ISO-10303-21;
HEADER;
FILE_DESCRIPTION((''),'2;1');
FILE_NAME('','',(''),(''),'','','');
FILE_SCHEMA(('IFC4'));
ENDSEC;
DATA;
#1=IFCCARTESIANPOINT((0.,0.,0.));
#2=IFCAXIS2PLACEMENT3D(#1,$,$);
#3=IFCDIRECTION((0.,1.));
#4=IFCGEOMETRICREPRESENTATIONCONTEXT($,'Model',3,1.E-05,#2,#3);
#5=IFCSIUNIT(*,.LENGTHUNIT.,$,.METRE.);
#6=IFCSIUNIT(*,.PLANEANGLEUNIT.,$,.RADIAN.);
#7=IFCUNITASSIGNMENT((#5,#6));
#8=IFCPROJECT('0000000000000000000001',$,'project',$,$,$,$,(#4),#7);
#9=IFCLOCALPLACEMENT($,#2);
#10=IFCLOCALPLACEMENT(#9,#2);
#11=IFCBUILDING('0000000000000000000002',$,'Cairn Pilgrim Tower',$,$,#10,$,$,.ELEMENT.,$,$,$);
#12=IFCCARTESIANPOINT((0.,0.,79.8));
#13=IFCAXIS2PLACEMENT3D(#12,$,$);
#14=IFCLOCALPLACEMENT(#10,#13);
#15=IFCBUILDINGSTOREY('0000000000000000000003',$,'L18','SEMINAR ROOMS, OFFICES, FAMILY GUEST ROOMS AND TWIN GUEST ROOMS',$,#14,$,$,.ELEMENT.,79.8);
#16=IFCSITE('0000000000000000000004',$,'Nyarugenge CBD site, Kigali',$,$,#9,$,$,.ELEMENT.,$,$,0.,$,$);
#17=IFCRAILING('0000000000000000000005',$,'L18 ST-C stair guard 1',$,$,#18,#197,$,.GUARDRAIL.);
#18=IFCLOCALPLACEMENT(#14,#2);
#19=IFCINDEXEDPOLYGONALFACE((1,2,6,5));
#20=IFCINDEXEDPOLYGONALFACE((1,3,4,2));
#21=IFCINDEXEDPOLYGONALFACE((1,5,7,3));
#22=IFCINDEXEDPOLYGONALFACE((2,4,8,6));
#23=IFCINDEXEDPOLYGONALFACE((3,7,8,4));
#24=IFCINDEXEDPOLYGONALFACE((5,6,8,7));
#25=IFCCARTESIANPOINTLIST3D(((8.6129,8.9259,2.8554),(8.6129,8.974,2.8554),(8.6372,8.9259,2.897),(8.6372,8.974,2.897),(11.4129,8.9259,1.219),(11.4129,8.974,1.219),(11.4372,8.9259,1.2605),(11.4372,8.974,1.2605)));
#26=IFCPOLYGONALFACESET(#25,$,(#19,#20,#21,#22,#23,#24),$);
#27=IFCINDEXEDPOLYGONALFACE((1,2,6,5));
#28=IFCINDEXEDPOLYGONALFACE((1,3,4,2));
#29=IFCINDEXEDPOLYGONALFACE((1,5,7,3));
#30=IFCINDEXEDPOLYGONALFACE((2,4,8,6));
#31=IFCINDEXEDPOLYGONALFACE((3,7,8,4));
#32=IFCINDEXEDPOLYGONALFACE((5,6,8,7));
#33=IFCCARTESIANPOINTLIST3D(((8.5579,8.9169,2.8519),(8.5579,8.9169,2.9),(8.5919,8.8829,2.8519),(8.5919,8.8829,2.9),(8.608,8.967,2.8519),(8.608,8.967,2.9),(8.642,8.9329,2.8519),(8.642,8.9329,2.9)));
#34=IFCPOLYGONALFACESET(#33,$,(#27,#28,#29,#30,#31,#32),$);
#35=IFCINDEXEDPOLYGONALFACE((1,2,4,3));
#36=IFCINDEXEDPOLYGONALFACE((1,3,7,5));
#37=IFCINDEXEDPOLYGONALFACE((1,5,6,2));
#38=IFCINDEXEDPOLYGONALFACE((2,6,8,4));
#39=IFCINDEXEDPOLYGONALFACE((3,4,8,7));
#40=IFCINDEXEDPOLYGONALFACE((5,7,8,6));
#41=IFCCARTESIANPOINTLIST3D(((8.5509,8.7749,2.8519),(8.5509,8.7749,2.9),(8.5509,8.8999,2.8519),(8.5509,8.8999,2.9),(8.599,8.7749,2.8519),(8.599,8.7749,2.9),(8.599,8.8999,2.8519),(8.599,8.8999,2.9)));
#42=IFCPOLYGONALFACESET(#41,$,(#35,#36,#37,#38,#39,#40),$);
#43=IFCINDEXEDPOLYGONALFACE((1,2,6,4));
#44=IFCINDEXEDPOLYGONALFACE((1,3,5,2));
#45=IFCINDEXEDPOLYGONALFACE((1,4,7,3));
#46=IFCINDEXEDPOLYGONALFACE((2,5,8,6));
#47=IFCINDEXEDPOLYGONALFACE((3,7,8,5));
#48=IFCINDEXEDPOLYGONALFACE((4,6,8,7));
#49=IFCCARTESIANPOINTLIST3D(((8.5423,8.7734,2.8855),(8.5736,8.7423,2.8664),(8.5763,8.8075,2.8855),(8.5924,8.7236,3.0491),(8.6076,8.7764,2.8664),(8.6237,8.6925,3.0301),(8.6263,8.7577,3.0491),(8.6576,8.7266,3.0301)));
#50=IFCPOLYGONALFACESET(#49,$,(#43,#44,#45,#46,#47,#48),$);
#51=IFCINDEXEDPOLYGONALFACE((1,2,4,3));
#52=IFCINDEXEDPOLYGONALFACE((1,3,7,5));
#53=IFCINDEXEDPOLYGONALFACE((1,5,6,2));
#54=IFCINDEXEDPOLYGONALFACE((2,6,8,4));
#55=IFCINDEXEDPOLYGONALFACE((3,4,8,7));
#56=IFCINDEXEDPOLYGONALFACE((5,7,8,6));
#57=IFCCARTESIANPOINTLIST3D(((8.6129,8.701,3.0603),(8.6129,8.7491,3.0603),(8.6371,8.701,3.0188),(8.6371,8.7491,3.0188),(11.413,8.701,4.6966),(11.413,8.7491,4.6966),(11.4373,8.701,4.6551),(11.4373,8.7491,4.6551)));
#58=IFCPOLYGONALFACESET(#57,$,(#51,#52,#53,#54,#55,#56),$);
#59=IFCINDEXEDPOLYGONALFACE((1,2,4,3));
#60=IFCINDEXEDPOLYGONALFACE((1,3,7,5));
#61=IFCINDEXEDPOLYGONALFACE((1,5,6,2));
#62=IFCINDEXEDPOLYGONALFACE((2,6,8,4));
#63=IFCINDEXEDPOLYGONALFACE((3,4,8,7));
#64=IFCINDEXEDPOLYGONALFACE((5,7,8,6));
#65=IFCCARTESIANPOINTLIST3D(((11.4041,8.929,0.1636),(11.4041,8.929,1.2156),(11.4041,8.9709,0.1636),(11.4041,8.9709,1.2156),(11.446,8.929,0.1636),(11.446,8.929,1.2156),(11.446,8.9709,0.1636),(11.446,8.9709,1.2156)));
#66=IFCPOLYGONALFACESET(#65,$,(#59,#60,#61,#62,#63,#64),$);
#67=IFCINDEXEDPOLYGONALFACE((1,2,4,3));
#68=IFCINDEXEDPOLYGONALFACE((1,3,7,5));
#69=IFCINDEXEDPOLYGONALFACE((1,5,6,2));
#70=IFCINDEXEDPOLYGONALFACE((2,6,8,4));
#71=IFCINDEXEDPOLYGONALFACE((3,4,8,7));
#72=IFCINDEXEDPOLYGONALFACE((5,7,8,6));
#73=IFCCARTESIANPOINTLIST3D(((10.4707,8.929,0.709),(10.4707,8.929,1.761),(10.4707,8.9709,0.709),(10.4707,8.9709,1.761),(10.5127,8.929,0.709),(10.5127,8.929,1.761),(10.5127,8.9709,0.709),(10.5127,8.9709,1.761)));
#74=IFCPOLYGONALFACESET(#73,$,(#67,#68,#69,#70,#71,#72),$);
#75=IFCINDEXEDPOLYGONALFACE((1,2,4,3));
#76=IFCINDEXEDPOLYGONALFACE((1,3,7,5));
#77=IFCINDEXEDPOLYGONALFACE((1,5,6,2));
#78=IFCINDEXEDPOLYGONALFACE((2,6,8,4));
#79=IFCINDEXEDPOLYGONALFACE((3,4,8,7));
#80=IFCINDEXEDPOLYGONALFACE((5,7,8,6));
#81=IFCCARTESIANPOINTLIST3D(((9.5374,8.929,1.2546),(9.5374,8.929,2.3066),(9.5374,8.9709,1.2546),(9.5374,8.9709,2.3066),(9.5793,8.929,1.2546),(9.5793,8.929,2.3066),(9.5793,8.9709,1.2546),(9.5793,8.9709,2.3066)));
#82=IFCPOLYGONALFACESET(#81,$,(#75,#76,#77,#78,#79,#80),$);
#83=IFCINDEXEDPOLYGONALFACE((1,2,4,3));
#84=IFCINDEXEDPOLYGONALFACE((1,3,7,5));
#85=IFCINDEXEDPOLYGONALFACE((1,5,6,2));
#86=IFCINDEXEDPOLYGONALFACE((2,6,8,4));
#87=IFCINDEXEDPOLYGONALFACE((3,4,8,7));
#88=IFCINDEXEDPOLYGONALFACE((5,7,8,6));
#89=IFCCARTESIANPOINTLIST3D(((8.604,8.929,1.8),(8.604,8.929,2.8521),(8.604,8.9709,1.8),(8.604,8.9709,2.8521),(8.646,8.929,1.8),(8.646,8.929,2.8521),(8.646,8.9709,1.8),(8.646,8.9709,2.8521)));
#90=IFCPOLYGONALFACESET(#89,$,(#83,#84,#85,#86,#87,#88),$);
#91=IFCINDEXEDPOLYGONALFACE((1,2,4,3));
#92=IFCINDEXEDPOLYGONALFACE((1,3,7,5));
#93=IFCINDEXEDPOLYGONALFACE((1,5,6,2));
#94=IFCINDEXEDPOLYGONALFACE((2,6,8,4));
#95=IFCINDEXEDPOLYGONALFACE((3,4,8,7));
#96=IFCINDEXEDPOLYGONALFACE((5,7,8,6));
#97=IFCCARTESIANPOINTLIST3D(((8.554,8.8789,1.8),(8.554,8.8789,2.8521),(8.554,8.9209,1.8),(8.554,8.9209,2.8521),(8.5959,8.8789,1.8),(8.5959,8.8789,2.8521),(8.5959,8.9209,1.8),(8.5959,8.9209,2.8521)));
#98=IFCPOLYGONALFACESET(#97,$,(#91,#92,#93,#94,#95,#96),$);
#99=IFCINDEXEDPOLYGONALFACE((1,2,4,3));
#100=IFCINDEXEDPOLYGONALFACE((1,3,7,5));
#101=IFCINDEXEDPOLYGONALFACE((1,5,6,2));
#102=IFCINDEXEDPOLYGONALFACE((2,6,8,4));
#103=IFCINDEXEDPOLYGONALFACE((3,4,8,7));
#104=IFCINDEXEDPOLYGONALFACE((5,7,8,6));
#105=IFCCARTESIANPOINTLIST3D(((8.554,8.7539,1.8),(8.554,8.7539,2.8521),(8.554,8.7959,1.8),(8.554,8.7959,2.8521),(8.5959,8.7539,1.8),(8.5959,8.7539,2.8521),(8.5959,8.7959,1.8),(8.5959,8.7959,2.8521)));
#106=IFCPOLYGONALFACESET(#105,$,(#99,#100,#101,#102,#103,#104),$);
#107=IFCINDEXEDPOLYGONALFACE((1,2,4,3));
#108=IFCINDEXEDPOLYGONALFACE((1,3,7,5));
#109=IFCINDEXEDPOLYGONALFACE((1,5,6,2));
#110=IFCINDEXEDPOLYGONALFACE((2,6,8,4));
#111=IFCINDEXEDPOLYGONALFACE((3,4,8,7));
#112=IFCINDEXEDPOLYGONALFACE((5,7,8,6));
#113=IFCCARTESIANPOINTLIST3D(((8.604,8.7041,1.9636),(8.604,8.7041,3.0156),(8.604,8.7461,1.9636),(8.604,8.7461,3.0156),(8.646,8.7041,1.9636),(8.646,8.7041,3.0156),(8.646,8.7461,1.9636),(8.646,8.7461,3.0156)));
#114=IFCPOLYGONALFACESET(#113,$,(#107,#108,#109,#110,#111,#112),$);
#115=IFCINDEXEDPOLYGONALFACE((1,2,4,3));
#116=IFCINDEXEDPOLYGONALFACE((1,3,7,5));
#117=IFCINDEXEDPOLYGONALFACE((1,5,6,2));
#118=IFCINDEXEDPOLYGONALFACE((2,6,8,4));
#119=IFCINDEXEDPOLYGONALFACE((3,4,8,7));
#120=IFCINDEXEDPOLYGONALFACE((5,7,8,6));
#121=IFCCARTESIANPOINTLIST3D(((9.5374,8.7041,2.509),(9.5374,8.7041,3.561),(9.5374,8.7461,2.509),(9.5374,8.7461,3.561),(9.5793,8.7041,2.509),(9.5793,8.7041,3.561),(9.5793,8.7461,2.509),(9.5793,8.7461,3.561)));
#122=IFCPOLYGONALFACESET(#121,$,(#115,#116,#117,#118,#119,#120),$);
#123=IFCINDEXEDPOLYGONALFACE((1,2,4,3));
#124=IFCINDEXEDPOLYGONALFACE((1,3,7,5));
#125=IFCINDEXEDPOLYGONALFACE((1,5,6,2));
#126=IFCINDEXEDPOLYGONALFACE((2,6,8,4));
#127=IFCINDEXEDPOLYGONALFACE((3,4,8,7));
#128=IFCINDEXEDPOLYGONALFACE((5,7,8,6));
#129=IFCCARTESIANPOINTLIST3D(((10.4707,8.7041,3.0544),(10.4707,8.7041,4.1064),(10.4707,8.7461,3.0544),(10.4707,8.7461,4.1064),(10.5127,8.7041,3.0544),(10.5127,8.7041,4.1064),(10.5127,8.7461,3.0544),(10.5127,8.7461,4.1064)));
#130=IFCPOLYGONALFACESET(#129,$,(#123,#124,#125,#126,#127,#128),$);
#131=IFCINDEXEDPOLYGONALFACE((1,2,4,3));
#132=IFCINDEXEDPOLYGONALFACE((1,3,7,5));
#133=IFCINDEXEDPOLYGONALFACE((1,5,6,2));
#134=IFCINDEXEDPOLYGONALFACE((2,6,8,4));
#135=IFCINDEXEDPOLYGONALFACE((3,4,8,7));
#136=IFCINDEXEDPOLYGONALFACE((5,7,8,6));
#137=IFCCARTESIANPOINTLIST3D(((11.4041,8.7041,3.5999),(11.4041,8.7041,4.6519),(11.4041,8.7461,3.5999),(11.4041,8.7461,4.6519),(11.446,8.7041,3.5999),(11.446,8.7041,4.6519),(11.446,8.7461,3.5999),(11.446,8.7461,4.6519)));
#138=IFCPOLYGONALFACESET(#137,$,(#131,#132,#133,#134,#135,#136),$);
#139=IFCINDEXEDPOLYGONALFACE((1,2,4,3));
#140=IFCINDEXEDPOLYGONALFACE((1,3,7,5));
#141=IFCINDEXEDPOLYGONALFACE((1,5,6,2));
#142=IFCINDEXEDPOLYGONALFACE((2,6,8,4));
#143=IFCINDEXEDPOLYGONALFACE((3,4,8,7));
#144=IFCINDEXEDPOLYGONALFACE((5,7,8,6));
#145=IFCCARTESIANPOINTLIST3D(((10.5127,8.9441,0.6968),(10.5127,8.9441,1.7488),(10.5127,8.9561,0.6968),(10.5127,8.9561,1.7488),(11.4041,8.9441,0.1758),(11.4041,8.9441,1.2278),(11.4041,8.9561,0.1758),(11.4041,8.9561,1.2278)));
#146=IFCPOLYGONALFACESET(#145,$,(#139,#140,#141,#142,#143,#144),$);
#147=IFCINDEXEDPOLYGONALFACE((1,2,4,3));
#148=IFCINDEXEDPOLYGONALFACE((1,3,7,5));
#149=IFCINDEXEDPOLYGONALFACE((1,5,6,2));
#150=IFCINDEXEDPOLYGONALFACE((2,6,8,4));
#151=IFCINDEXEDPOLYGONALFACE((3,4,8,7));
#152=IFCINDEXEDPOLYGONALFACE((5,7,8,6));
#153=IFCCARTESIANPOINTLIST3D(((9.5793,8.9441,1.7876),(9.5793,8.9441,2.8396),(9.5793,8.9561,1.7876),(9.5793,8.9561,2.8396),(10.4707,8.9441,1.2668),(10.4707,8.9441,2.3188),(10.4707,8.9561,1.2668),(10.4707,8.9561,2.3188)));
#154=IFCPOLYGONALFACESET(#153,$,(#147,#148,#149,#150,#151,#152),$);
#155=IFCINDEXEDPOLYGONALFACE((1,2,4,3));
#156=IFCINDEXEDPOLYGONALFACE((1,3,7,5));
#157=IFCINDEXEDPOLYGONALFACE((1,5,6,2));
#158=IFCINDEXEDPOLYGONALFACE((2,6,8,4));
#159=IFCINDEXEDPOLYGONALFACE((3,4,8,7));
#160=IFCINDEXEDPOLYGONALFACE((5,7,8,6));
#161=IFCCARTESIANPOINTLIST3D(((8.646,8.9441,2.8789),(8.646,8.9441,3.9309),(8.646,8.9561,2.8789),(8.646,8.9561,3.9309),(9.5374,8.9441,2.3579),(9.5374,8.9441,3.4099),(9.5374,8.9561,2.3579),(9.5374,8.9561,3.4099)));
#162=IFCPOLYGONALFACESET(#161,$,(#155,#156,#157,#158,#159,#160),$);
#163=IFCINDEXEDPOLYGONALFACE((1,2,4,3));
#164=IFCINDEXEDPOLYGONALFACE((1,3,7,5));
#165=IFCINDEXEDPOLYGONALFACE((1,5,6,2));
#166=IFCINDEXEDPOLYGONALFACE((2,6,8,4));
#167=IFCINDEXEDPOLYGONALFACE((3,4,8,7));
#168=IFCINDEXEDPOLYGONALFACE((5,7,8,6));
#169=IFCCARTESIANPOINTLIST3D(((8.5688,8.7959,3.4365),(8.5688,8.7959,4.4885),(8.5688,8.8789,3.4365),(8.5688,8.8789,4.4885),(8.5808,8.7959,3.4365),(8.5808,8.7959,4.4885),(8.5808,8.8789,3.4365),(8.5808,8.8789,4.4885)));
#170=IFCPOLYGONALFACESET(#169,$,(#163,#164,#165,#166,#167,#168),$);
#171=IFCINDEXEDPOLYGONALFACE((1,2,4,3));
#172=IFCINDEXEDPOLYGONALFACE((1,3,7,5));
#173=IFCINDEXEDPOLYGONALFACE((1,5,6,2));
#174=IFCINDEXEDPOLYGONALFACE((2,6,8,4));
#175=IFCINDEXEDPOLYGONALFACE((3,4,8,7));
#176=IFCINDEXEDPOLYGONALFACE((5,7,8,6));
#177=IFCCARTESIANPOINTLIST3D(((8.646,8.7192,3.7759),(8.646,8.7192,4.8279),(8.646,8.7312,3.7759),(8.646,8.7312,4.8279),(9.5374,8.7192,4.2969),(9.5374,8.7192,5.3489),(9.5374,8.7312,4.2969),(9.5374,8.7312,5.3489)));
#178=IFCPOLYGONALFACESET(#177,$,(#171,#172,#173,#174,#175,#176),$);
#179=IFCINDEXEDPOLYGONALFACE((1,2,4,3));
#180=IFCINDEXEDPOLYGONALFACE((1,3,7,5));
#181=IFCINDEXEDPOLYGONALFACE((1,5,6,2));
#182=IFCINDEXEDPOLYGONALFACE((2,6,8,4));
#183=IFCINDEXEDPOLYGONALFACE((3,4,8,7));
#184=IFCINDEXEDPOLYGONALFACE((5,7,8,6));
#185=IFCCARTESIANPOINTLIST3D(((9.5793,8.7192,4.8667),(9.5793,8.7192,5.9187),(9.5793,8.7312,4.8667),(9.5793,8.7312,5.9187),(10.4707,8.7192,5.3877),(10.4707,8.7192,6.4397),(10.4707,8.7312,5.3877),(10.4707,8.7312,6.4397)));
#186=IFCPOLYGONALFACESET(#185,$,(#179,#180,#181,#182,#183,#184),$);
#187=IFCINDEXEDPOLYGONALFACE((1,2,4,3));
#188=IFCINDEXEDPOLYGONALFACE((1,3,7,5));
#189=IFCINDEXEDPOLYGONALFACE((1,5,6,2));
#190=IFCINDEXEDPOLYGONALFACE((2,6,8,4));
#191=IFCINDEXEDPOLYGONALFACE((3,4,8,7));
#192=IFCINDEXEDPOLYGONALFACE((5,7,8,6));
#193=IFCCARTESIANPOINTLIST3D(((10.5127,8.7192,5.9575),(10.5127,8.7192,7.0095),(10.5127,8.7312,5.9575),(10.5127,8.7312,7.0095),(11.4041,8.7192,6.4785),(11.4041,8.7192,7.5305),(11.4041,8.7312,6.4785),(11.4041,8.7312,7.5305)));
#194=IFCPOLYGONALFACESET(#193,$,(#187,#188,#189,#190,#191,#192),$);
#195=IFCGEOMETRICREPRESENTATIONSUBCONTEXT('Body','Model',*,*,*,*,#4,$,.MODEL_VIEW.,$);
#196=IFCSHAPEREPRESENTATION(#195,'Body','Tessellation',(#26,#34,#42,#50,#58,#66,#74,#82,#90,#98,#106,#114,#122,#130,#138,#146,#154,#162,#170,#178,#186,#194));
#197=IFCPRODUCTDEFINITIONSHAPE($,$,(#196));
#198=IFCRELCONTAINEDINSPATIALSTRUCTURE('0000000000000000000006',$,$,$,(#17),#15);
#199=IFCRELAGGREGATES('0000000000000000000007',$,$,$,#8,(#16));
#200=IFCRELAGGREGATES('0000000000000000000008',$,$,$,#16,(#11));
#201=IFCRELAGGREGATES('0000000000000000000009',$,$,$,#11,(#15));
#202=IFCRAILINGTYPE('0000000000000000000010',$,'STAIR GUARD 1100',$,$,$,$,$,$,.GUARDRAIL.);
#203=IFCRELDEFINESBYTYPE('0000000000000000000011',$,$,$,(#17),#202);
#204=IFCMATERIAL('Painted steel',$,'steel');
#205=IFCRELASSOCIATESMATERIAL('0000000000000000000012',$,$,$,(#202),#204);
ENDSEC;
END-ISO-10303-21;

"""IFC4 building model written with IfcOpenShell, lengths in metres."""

from ifc_helpers import new_model, si_unit, direction, frame, origin, origin_2d, place, context, subcontext, project, spatial, polyline, rectangle, outline, extrude, material, type_object, element, save


model = new_model("IFC4")

# Units and contexts
model_context = context("Model", 3, precision=1e-05, world=origin(), true_north=direction((0.0, 1.0)))
body_context = subcontext(model_context, "Body", "Model", "MODEL_VIEW")
ifc_project = project(units=[si_unit("LENGTHUNIT", "METRE"), si_unit("PLANEANGLEUNIT", "RADIAN")], contexts=[model_context])

# Site, building, storey
site_placement = place(None, origin())
site = spatial("IfcSite", under=ifc_project, at=site_placement, Name="Nyarugenge CBD site, Kigali", CompositionType="ELEMENT", RefElevation=0.0)
building_placement = place(site_placement, origin())
building = spatial("IfcBuilding", under=site, at=building_placement, Name="Cairn Pilgrim Tower", CompositionType="ELEMENT")
storey_placement = place(building_placement, frame((0.0, 0.0, 79.8)))
storey = spatial("IfcBuildingStorey", under=building, at=storey_placement, Name="L18", Description="SEMINAR ROOMS, OFFICES, FAMILY GUEST ROOMS AND TWIN GUEST ROOMS", CompositionType="ELEMENT", Elevation=79.8)

# Shared definitions
ifc_material_1 = material(Name="Painted steel", Category="steel")

# Railing
railing_type_1 = type_object("IfcRailingType", Name="STAIR GUARD 1100", PredefinedType="GUARDRAIL", material=ifc_material_1)
railing_1_placement = place(storey_placement, frame((11.425, 8.95, 0.1636)))
element("IfcRailing", 1, at=railing_1_placement, inside=storey, type_object=railing_type_1, Name="L18 ST-C stair guard 1", PredefinedType="GUARDRAIL", context=body_context, shape_type="SweptSolid", body=[
    extrude(rectangle(XDim=0.0481, YDim=0.0481, at=origin_2d()), frame((0.0, 0.0, 1.0762), z_axis=(-0.863361, 0.0, 0.504587), x_axis=(0.0, -1.0, 0.0)), (0.0, 0.0, 1.0), 3.2432),
    extrude(rectangle(XDim=0.0481, YDim=0.0481, at=origin_2d()), frame((-2.8, 0.0, 2.7124), z_axis=(-0.707107, -0.707107, 0.0), x_axis=(0.707107, -0.707107, 0.0)), (0.0, 0.0, 1.0), 0.0708),
    extrude(rectangle(XDim=0.0481, YDim=0.0481, at=origin_2d()), frame((-2.8501, -0.05, 2.7124), z_axis=(0.0, -1.0, 0.0), x_axis=(1.0, 0.0, 0.0)), (0.0, 0.0, 1.0), 0.125),
    extrude(rectangle(XDim=0.0481, YDim=0.0481, at=origin_2d()), frame((-2.8501, -0.175, 2.7124), z_axis=(0.280917, -0.279546, 0.918118), x_axis=(0.705376, 0.708834, 0.0)), (0.0, 0.0, 1.0), 0.1782),
    extrude(rectangle(XDim=0.0481, YDim=0.0481, at=origin_2d()), frame((-2.8, -0.2249, 2.876), z_axis=(0.863394, 0.0, 0.504531), x_axis=(0.0, 1.0, 0.0)), (0.0, 0.0, 1.0), 3.2432),
    extrude(rectangle(XDim=0.042, YDim=0.042, at=origin_2d()), origin(), (0.0, 0.0, 1.0), 1.052),
    extrude(rectangle(XDim=0.042, YDim=0.042, at=origin_2d()), frame((-0.9333, 0.0, 0.5454)), (0.0, 0.0, 1.0), 1.052),
    extrude(rectangle(XDim=0.042, YDim=0.042, at=origin_2d()), frame((-1.8667, 0.0, 1.0911)), (0.0, 0.0, 1.0), 1.052),
    extrude(rectangle(XDim=0.042, YDim=0.042, at=origin_2d()), frame((-2.8, 0.0, 1.6365)), (0.0, 0.0, 1.0), 1.052),
    extrude(rectangle(XDim=0.042, YDim=0.042, at=origin_2d()), frame((-2.8501, -0.05, 1.6365)), (0.0, 0.0, 1.0), 1.052),
    extrude(rectangle(XDim=0.042, YDim=0.042, at=origin_2d()), frame((-2.8501, -0.175, 1.6365)), (0.0, 0.0, 1.0), 1.052),
    extrude(rectangle(XDim=0.042, YDim=0.042, at=origin_2d()), frame((-2.8, -0.2249, 1.8)), (0.0, 0.0, 1.0), 1.052),
    extrude(rectangle(XDim=0.042, YDim=0.042, at=origin_2d()), frame((-1.8667, -0.2249, 2.3455)), (0.0, 0.0, 1.0), 1.052),
    extrude(rectangle(XDim=0.042, YDim=0.042, at=origin_2d()), frame((-0.9333, -0.2249, 2.8909)), (0.0, 0.0, 1.0), 1.052),
    extrude(rectangle(XDim=0.042, YDim=0.042, at=origin_2d()), frame((0.0, -0.2249, 3.4363)), (0.0, 0.0, 1.0), 1.052),
    extrude(outline(polyline([(0.021, 0.0122), (0.9124, 0.5332), (0.9124, 1.5852), (0.021, 1.0642), (0.021, 0.0122)])), frame((0.0, -0.0059, 0.0), z_axis=(0.0, 1.0, 0.0), x_axis=(-1.0, 0.0, 0.0)), (0.0, 0.0, 1.0), 0.012),
    extrude(outline(polyline([(0.021, 0.5579), (0.9124, 1.0786), (0.9124, 2.1306), (0.021, 1.6099), (0.021, 0.5579)])), frame((-0.9333, -0.0059, 0.5454), z_axis=(0.0, 1.0, 0.0), x_axis=(-1.0, 0.0, 0.0)), (0.0, 0.0, 1.0), 0.012),
    extrude(outline(polyline([(0.021, 1.1033), (0.9124, 1.6243), (0.9124, 2.6763), (0.021, 2.1553), (0.021, 1.1033)])), frame((-1.8667, -0.0059, 1.0911), z_axis=(0.0, 1.0, 0.0), x_axis=(-1.0, 0.0, 0.0)), (0.0, 0.0, 1.0), 0.012),
    extrude(outline(polyline([(0.021, 1.6365), (0.104, 1.6365), (0.104, 2.6885), (0.021, 2.6885), (0.021, 1.6365)])), frame((-2.8442, -0.05, 1.6365), z_axis=(-1.0, 0.0, 0.0), x_axis=(0.0, -1.0, 0.0)), (0.0, 0.0, 1.0), 0.012),
    extrude(outline(polyline([(0.021, 1.8123), (0.9124, 2.3333), (0.9124, 3.3853), (0.021, 2.8643), (0.021, 1.8123)])), frame((-2.8, -0.2188, 1.8), z_axis=(0.0, -1.0, 0.0), x_axis=(1.0, 0.0, 0.0)), (0.0, 0.0, 1.0), 0.012),
    extrude(outline(polyline([(0.021, 2.3577), (0.9124, 2.8787), (0.9124, 3.9307), (0.021, 3.4097), (0.021, 2.3577)])), frame((-1.8667, -0.2188, 2.3455), z_axis=(0.0, -1.0, 0.0), x_axis=(1.0, 0.0, 0.0)), (0.0, 0.0, 1.0), 0.012),
    extrude(outline(polyline([(0.021, 2.9031), (0.9124, 3.4241), (0.9124, 4.4761), (0.021, 3.9551), (0.021, 2.9031)])), frame((-0.9333, -0.2188, 2.8909), z_axis=(0.0, -1.0, 0.0), x_axis=(1.0, 0.0, 0.0)), (0.0, 0.0, 1.0), 0.012),
])

save(model, "model.ifc")
